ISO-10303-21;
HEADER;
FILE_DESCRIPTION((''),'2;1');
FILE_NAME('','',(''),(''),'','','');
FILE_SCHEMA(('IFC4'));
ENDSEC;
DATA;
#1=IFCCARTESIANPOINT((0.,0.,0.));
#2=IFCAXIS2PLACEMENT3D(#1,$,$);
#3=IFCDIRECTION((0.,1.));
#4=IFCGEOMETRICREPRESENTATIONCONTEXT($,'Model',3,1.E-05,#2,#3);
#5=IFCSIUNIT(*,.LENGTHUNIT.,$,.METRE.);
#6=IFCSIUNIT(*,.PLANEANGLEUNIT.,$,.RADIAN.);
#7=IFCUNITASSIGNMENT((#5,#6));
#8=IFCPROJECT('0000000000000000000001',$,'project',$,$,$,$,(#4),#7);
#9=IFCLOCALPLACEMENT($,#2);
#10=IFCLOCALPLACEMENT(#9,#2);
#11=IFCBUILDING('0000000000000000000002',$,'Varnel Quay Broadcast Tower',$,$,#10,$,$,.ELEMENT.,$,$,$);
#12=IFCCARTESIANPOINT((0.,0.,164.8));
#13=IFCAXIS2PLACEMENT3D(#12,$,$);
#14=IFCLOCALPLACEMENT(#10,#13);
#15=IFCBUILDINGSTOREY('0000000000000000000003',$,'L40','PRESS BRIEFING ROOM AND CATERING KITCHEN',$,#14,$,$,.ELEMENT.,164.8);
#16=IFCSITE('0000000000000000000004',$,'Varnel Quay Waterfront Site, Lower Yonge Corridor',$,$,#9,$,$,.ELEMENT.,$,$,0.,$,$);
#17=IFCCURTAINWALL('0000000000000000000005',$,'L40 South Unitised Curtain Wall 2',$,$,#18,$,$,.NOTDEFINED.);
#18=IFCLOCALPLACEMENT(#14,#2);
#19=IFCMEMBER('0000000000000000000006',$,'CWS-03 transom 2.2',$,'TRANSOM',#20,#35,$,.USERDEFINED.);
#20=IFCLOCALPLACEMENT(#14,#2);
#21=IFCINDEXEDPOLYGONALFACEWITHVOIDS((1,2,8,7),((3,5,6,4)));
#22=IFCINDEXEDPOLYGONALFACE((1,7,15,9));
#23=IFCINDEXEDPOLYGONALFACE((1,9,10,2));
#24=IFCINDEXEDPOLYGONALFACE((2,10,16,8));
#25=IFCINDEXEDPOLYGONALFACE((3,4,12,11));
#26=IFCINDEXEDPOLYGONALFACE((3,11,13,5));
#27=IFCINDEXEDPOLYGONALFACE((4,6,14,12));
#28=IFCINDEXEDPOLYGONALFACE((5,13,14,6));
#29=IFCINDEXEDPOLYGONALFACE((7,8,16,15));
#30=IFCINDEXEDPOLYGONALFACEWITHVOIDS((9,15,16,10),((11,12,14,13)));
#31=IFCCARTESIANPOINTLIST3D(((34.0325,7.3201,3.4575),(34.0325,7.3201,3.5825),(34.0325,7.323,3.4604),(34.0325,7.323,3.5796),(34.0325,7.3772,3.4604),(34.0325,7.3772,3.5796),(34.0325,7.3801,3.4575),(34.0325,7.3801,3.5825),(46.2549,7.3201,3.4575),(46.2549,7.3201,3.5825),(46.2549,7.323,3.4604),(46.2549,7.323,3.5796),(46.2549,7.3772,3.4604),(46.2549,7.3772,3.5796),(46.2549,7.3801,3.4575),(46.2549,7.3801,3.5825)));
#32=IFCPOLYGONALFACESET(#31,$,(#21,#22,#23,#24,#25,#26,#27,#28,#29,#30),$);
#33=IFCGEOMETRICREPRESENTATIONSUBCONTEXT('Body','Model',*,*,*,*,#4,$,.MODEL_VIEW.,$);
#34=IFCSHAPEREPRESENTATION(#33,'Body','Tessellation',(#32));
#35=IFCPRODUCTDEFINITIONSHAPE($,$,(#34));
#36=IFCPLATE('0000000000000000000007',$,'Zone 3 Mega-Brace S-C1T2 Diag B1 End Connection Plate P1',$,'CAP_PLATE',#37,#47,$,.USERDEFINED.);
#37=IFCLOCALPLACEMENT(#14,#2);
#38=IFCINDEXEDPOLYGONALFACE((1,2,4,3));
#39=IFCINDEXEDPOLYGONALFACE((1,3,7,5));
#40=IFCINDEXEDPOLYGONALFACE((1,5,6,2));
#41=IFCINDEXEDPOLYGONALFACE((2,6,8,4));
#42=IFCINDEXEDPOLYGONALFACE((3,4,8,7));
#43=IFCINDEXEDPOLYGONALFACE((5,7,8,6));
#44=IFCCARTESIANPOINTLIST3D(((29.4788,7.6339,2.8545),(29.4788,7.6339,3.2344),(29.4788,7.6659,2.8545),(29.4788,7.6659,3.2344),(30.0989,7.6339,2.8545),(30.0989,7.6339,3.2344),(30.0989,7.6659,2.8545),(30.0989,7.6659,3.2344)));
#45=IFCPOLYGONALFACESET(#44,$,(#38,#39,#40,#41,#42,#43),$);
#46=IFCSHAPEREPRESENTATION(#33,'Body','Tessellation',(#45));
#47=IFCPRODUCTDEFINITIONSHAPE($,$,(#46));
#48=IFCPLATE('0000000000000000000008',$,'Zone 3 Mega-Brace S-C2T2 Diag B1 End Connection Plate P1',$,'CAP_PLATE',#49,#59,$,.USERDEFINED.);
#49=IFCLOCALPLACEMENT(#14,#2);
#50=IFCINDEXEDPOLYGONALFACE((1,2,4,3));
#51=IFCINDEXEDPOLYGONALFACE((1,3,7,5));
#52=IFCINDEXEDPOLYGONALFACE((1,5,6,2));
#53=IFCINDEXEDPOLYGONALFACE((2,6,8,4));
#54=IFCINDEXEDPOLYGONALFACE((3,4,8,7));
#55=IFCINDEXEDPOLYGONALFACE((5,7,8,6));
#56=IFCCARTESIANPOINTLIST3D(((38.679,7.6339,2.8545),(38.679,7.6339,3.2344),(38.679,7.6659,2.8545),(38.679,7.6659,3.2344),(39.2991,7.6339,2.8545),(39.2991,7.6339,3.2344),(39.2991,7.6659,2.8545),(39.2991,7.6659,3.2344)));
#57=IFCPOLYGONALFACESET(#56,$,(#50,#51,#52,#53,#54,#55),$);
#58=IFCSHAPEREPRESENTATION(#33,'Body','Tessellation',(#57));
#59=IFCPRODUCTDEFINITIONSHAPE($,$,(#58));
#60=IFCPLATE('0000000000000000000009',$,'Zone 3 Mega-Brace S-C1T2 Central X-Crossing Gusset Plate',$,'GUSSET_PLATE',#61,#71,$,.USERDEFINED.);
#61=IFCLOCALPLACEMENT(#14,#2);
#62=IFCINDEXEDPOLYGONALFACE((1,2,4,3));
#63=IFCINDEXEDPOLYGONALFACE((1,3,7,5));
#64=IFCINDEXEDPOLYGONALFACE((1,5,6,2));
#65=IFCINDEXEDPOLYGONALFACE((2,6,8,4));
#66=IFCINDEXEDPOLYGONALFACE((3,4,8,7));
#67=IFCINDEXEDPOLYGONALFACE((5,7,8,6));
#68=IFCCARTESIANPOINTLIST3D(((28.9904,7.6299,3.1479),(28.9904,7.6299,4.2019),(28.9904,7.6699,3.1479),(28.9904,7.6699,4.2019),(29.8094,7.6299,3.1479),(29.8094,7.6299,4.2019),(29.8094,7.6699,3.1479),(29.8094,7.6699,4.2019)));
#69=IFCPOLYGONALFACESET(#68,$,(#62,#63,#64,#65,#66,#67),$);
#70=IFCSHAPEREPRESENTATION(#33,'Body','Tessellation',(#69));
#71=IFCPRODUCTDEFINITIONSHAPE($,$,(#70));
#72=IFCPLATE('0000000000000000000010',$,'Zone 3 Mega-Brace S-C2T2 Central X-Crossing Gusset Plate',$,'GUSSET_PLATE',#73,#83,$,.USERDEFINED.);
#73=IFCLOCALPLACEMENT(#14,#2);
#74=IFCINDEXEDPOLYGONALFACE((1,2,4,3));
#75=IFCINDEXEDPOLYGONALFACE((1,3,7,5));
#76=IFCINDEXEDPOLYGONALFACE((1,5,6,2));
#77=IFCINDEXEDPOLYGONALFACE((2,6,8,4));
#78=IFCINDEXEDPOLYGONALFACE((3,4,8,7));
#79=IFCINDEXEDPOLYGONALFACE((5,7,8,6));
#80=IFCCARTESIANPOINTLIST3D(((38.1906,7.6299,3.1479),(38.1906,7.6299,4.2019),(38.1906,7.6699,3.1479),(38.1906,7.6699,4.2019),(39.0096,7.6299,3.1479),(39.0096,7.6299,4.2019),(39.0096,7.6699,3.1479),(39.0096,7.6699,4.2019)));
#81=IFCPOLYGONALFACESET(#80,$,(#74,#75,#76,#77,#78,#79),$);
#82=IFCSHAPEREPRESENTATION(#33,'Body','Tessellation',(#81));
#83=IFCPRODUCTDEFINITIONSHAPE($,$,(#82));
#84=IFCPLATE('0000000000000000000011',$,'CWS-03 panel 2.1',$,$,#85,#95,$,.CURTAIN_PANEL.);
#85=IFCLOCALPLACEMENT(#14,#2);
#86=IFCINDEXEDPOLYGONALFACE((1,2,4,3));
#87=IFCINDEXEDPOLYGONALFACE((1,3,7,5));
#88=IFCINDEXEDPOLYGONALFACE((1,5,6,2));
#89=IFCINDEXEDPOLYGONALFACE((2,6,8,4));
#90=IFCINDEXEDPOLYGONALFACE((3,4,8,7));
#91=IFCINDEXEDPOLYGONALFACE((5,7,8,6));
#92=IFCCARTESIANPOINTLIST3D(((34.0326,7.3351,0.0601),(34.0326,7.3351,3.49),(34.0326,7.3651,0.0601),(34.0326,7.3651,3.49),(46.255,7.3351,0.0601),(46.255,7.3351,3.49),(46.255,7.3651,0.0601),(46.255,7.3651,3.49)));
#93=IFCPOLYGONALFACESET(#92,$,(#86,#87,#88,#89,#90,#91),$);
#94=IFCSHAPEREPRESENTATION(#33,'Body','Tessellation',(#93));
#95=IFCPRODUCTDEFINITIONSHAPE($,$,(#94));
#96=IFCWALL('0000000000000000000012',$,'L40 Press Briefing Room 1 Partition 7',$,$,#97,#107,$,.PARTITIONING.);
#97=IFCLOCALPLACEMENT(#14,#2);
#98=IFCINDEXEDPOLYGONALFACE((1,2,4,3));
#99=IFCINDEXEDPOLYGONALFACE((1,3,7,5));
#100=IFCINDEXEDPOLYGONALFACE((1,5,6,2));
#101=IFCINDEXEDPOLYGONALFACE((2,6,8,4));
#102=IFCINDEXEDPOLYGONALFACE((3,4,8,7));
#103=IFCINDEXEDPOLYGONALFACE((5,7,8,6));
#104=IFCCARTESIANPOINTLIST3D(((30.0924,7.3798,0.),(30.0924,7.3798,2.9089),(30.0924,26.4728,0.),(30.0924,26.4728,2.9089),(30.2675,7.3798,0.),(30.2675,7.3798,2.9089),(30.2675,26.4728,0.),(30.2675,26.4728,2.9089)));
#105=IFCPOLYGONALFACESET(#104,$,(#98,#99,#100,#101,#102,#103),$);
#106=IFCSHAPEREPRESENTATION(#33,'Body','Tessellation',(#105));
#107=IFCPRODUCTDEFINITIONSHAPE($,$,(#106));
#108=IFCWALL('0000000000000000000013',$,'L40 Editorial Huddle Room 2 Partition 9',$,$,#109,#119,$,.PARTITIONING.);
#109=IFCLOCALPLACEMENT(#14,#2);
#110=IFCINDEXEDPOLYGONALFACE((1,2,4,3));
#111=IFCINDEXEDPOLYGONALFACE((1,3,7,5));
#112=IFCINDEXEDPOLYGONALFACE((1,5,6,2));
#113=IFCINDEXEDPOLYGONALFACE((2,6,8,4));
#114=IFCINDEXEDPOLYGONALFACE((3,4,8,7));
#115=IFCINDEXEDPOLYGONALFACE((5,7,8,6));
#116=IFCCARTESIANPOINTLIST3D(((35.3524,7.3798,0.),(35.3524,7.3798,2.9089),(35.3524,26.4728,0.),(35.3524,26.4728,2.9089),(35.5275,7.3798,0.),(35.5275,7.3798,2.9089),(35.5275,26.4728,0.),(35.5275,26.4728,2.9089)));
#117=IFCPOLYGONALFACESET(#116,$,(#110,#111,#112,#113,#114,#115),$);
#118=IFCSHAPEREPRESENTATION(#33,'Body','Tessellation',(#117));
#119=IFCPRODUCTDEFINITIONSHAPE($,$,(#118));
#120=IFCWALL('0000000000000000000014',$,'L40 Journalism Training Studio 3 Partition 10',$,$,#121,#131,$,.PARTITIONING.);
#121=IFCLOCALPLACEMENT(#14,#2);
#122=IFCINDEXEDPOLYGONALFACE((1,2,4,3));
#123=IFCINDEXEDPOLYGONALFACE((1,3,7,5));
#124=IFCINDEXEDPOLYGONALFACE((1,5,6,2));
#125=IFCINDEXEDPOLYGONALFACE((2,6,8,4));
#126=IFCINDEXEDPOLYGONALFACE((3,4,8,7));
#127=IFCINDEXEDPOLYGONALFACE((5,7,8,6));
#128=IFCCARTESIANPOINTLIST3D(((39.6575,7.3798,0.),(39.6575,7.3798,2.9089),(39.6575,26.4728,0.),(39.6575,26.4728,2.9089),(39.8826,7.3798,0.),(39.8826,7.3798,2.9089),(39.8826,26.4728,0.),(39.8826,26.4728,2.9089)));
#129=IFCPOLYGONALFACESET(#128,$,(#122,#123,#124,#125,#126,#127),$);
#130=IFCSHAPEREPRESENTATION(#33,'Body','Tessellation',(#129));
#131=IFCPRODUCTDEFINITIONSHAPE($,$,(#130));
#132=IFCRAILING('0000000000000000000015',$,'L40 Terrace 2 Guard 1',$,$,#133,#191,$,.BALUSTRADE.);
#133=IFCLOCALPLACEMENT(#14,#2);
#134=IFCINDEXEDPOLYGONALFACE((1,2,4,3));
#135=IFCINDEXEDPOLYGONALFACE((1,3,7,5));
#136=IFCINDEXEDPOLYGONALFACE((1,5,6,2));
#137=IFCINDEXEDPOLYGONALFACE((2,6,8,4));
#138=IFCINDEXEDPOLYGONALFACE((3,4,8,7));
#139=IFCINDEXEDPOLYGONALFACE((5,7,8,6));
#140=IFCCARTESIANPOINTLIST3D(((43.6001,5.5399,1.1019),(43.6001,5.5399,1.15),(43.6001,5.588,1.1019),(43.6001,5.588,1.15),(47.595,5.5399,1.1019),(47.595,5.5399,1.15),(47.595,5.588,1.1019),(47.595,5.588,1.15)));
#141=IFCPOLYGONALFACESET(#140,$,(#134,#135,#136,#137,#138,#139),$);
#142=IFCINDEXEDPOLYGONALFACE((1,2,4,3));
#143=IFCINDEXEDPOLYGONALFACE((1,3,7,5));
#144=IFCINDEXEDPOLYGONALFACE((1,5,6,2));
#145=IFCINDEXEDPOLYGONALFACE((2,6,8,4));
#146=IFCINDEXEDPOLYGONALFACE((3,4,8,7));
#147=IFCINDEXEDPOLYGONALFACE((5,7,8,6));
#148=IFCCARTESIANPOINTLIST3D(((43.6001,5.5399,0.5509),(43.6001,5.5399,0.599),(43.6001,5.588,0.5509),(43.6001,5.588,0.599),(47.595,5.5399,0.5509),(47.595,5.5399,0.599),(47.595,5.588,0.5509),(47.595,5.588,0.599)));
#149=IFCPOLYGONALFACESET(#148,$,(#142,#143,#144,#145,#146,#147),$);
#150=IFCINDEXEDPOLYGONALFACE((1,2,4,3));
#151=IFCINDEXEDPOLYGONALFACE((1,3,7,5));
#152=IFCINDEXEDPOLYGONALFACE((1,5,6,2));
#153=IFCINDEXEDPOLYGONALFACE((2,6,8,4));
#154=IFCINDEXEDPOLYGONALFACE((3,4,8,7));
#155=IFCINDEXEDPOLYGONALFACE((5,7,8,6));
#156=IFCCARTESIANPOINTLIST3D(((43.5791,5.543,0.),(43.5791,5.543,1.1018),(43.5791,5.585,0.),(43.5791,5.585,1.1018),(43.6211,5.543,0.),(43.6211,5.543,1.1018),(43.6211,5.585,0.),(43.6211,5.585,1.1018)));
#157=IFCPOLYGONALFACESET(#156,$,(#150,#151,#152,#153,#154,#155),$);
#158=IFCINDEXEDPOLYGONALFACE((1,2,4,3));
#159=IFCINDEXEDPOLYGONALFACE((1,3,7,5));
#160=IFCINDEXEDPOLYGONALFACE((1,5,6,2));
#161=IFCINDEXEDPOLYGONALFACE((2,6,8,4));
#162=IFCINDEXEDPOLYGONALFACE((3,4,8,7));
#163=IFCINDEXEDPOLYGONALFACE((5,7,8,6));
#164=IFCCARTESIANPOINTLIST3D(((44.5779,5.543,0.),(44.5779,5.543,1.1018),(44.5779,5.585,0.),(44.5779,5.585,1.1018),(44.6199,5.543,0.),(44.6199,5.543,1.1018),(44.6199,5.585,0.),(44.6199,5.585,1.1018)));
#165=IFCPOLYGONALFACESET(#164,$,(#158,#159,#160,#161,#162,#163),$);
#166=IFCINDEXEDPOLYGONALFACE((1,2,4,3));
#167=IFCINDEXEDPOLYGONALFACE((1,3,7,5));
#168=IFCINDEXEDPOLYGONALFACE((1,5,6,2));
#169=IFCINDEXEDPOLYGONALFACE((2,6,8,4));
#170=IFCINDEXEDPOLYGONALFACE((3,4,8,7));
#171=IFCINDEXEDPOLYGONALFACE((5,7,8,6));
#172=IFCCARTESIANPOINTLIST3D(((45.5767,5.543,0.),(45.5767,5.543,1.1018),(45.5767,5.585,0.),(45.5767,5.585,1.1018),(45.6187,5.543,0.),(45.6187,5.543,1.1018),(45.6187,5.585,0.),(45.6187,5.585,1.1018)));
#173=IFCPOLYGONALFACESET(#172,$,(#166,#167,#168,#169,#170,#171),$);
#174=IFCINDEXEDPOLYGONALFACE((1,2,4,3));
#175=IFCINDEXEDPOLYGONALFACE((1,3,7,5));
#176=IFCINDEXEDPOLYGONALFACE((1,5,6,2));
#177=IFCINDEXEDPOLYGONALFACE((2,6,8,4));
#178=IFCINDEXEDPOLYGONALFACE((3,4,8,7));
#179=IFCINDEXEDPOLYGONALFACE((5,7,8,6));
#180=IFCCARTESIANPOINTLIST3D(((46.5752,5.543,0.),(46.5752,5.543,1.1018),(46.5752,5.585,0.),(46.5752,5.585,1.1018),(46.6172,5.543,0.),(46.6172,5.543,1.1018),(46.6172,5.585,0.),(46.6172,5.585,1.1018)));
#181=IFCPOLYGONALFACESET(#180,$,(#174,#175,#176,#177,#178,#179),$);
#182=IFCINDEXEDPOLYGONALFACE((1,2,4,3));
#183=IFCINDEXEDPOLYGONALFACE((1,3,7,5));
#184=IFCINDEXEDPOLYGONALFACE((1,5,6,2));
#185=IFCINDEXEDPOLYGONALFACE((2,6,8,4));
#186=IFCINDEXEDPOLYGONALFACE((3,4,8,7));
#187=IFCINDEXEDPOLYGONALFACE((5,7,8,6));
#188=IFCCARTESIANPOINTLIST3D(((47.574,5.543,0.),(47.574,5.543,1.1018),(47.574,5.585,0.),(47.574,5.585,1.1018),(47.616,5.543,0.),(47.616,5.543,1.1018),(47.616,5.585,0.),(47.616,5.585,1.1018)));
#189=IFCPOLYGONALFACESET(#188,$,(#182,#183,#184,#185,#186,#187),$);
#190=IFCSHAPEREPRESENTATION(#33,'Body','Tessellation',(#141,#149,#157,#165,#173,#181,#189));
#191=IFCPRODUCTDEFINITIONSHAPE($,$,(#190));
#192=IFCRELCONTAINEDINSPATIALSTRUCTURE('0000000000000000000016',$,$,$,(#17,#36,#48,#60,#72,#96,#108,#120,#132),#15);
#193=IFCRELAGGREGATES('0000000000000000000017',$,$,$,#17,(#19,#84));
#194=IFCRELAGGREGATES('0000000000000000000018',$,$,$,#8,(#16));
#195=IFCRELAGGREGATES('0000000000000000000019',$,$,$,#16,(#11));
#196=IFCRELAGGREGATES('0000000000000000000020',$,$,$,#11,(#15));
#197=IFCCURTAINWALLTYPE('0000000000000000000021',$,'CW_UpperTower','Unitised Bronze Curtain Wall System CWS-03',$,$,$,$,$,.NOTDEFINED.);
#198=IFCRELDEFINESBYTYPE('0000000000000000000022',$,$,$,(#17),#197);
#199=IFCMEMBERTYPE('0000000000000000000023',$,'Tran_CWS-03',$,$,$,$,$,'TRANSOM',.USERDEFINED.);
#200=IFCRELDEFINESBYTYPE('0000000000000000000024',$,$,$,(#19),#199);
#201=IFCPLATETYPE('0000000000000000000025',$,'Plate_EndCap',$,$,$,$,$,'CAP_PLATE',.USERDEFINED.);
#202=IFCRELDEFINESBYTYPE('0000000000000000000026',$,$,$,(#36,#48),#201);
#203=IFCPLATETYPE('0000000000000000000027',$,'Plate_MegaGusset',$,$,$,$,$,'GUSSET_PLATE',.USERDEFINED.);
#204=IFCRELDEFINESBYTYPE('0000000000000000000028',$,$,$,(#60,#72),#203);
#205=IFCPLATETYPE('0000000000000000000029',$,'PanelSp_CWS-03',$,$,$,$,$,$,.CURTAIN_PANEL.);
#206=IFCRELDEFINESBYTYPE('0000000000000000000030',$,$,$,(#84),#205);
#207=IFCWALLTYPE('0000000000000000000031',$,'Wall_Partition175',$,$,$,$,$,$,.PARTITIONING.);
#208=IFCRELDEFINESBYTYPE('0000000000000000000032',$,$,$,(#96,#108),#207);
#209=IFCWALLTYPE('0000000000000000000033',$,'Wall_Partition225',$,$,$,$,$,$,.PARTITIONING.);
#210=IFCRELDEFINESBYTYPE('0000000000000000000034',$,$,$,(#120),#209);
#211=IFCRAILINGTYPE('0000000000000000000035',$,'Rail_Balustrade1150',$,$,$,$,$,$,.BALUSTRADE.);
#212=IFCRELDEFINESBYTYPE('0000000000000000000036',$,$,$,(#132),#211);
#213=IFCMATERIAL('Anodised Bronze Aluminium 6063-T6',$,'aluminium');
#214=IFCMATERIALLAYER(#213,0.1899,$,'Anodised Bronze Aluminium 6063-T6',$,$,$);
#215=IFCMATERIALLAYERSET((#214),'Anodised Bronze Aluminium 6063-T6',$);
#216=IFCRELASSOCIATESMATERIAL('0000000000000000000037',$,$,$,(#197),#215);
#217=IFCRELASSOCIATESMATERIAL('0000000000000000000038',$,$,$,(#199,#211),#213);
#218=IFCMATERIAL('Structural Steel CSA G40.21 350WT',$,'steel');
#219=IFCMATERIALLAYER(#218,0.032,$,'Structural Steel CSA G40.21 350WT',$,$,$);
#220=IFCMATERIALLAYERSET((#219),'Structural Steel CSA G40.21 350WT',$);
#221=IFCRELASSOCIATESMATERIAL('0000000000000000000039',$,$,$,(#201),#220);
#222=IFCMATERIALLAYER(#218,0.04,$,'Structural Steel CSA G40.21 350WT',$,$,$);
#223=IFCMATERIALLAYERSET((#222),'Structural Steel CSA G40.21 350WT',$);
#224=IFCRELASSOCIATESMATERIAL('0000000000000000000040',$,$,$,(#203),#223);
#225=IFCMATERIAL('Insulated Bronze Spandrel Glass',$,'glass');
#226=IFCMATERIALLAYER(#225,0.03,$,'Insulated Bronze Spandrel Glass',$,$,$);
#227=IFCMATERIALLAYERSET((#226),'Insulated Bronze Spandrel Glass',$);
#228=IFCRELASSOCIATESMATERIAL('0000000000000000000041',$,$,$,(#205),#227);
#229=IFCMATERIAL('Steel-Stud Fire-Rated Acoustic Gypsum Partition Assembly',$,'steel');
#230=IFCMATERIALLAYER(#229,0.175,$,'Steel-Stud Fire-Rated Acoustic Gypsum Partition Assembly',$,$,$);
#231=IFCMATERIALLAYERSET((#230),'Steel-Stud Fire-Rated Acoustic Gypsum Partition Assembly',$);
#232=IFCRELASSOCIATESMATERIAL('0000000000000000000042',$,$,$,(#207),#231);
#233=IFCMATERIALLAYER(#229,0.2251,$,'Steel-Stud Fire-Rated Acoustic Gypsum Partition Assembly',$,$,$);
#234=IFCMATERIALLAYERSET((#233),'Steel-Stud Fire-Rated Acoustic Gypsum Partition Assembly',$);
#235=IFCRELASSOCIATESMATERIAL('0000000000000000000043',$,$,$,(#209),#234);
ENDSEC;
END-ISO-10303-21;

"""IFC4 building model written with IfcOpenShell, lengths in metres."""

from ifc_helpers import new_model, si_unit, direction, frame, frame_2d, origin, origin_2d, place, context, subcontext, project, spatial, rectangle, hollow_rectangle, extrude, source, transform, mapped, material, layer, layer_set, material_profile, profile_set, type_object, type_shapes, element, aggregate, save


model = new_model("IFC4")

# Units and contexts
model_context = context("Model", 3, precision=1e-05, world=origin(), true_north=direction((0.0, 1.0)))
body_context = subcontext(model_context, "Body", "Model", "MODEL_VIEW")
ifc_project = project(units=[si_unit("LENGTHUNIT", "METRE"), si_unit("PLANEANGLEUNIT", "RADIAN")], contexts=[model_context])

# Site, building, storey
site_placement = place(None, origin())
site = spatial("IfcSite", under=ifc_project, at=site_placement, Name="Varnel Quay Waterfront Site, Lower Yonge Corridor", CompositionType="ELEMENT", RefElevation=0.0)
building_placement = place(site_placement, origin())
building = spatial("IfcBuilding", under=site, at=building_placement, Name="Varnel Quay Broadcast Tower", CompositionType="ELEMENT")
storey_placement = place(building_placement, frame((0.0, 0.0, 164.8)))
storey = spatial("IfcBuildingStorey", under=building, at=storey_placement, Name="L40", Description="PRESS BRIEFING ROOM AND CATERING KITCHEN", CompositionType="ELEMENT", Elevation=164.8)

# Shared definitions
ifc_material_1 = material(Name="Structural Steel CSA G40.21 350WT", Category="steel")

# Curtain wall, member
ifc_material_2 = material(Name="Anodised Bronze Aluminium 6063-T6", Category="aluminium")
ifc_layer_1 = layer(ifc_material_2, 0.1899, Name="Anodised Bronze Aluminium 6063-T6")
ifc_layer_set_1 = layer_set([ifc_layer_1], Name="Anodised Bronze Aluminium 6063-T6")
curtain_wall_type = type_object("IfcCurtainWallType", Name="CW_UpperTower", Description="Unitised Bronze Curtain Wall System CWS-03", PredefinedType="NOTDEFINED", material=ifc_layer_set_1)
curtain_wall_placement = place(storey_placement, origin())
curtain_wall = element("IfcCurtainWall", 1, at=curtain_wall_placement, inside=storey, type_object=curtain_wall_type, Name="L40 South Unitised Curtain Wall 2", PredefinedType="NOTDEFINED")
ifc_material_profile_1 = material_profile(ifc_material_2, hollow_rectangle(XDim=0.0601, YDim=0.125, WallThickness=0.0029, at=origin_2d()), Name="ALU60X125X3")
ifc_profile_set_1 = profile_set([ifc_material_profile_1], Name="Anodised Bronze Aluminium 6063-T6")
member_type_1 = type_object("IfcMemberType", Name="Tran_CWS-03", ElementType="TRANSOM", PredefinedType="USERDEFINED", material=ifc_profile_set_1)
shared_shape_1 = source(origin(), body_context, "Body", "SweptSolid", [
    extrude(hollow_rectangle(XDim=0.0601, YDim=0.125, WallThickness=0.0029, at=origin_2d()), origin(), (0.0, 0.0, 1.0), 12.2224),
])
type_shapes(member_type_1, [shared_shape_1])
member_1_placement = place(storey_placement, frame((34.0325, 7.3501, 3.52), z_axis=(1.0, 0.0, 0.0), x_axis=(0.0, 1.0, 0.0)))
member_1 = element("IfcMember", 2, at=member_1_placement, type_object=member_type_1, Name="CWS-03 transom 2.2", ObjectType="TRANSOM", PredefinedType="USERDEFINED", context=body_context, shape_type="MappedRepresentation", body=[
    mapped(shared_shape_1, transform((0.0, 0.0, 0.0), x_axis=(1.0, 0.0, 0.0), y_axis=(0.0, 1.0, 0.0), z_axis=(0.0, 0.0, 1.0), scale=1.0)),
])

# Plates
ifc_layer_2 = layer(ifc_material_1, 0.032, Name="Structural Steel CSA G40.21 350WT")
ifc_layer_set_2 = layer_set([ifc_layer_2], Name="Structural Steel CSA G40.21 350WT")
plate_type_1 = type_object("IfcPlateType", Name="Plate_EndCap", ElementType="CAP_PLATE", PredefinedType="USERDEFINED", material=ifc_layer_set_2)
shared_shape_2 = source(origin(), body_context, "Body", "SweptSolid", [
    extrude(rectangle(XDim=0.6201, YDim=0.032, at=origin_2d()), origin(), (0.0, 0.0, 1.0), 0.3799),
])
type_shapes(plate_type_1, [shared_shape_2])
for number, where, z_axis, x_axis, name in (
    (3, (29.7888, 7.6499, 2.8545), (0.0, 0.0, 1.0), (1.0, 0.0, 0.0), "Zone 3 Mega-Brace S-C1T2 Diag B1 End Connection Plate P1"),
    (4, (38.989, 7.6499, 2.8545), (0.0, 0.0, 1.0), (1.0, 0.0, 0.0), "Zone 3 Mega-Brace S-C2T2 Diag B1 End Connection Plate P1"),
):
    element("IfcPlate", number, at=place(storey_placement, frame(where, z_axis=z_axis, x_axis=x_axis)), inside=storey, type_object=plate_type_1, Name=name, ObjectType="CAP_PLATE", PredefinedType="USERDEFINED", context=body_context, shape_type="MappedRepresentation", body=[
        mapped(shared_shape_2, transform((0.0, 0.0, 0.0), x_axis=(1.0, 0.0, 0.0), y_axis=(0.0, 1.0, 0.0), z_axis=(0.0, 0.0, 1.0), scale=1.0)),
    ])
ifc_layer_3 = layer(ifc_material_1, 0.04, Name="Structural Steel CSA G40.21 350WT")
ifc_layer_set_3 = layer_set([ifc_layer_3], Name="Structural Steel CSA G40.21 350WT")
plate_type_2 = type_object("IfcPlateType", Name="Plate_MegaGusset", ElementType="GUSSET_PLATE", PredefinedType="USERDEFINED", material=ifc_layer_set_3)
shared_shape_3 = source(origin(), body_context, "Body", "SweptSolid", [
    extrude(rectangle(XDim=0.8191, YDim=0.04, at=origin_2d()), origin(), (0.0, 0.0, 1.0), 1.054),
])
type_shapes(plate_type_2, [shared_shape_3])
for number, where, z_axis, x_axis, name in (
    (5, (29.3999, 7.6499, 3.1479), (0.0, 0.0, 1.0), (1.0, 0.0, 0.0), "Zone 3 Mega-Brace S-C1T2 Central X-Crossing Gusset Plate"),
    (6, (38.6001, 7.6499, 3.1479), (0.0, 0.0, 1.0), (1.0, 0.0, 0.0), "Zone 3 Mega-Brace S-C2T2 Central X-Crossing Gusset Plate"),
):
    element("IfcPlate", number, at=place(storey_placement, frame(where, z_axis=z_axis, x_axis=x_axis)), inside=storey, type_object=plate_type_2, Name=name, ObjectType="GUSSET_PLATE", PredefinedType="USERDEFINED", context=body_context, shape_type="MappedRepresentation", body=[
        mapped(shared_shape_3, transform((0.0, 0.0, 0.0), x_axis=(1.0, 0.0, 0.0), y_axis=(0.0, 1.0, 0.0), z_axis=(0.0, 0.0, 1.0), scale=1.0)),
    ])

# Plate
ifc_material_3 = material(Name="Insulated Bronze Spandrel Glass", Category="glass")
ifc_layer_4 = layer(ifc_material_3, 0.03, Name="Insulated Bronze Spandrel Glass")
ifc_layer_set_4 = layer_set([ifc_layer_4], Name="Insulated Bronze Spandrel Glass")
plate_type_3 = type_object("IfcPlateType", Name="PanelSp_CWS-03", PredefinedType="CURTAIN_PANEL", material=ifc_layer_set_4)
shared_shape_4 = source(origin(), body_context, "Body", "SweptSolid", [
    extrude(rectangle(XDim=12.2224, YDim=0.03, at=origin_2d()), origin(), (0.0, 0.0, 1.0), 3.4299),
])
type_shapes(plate_type_3, [shared_shape_4])
plate_placement = place(storey_placement, frame((40.1438, 7.3501, 0.0601), z_axis=(0.0, 0.0, 1.0), x_axis=(1.0, 0.0, 0.0)))
plate = element("IfcPlate", 7, at=plate_placement, type_object=plate_type_3, Name="CWS-03 panel 2.1", PredefinedType="CURTAIN_PANEL", context=body_context, shape_type="MappedRepresentation", body=[
    mapped(shared_shape_4, transform((0.0, 0.0, 0.0), x_axis=(1.0, 0.0, 0.0), y_axis=(0.0, 1.0, 0.0), z_axis=(0.0, 0.0, 1.0), scale=1.0)),
])
aggregate(curtain_wall, [member_1, plate])

# Walls
ifc_material_4 = material(Name="Steel-Stud Fire-Rated Acoustic Gypsum Partition Assembly", Category="steel")
ifc_layer_5 = layer(ifc_material_4, 0.175, Name="Steel-Stud Fire-Rated Acoustic Gypsum Partition Assembly")
ifc_layer_set_5 = layer_set([ifc_layer_5], Name="Steel-Stud Fire-Rated Acoustic Gypsum Partition Assembly")
wall_type_1 = type_object("IfcWallType", Name="Wall_Partition175", PredefinedType="PARTITIONING", material=ifc_layer_set_5)
for number, where, z_axis, x_axis, name in (
    (8, (30.1799, 7.3799, 0.0), (0.0, 0.0, 1.0), (0.0, 1.0, 0.0), "L40 Press Briefing Room 1 Partition 7"),
    (9, (35.4399, 7.3799, 0.0), (0.0, 0.0, 1.0), (0.0, 1.0, 0.0), "L40 Editorial Huddle Room 2 Partition 9"),
):
    element("IfcWall", number, at=place(storey_placement, frame(where, z_axis=z_axis, x_axis=x_axis)), inside=storey, type_object=wall_type_1, Name=name, PredefinedType="PARTITIONING", context=body_context, shape_type="SweptSolid", body=[
        extrude(rectangle(XDim=19.093, YDim=0.175, at=frame_2d((9.5464, 0.0))), origin(), (0.0, 0.0, 1.0), 2.9089),
    ])
ifc_layer_6 = layer(ifc_material_4, 0.2251, Name="Steel-Stud Fire-Rated Acoustic Gypsum Partition Assembly")
ifc_layer_set_6 = layer_set([ifc_layer_6], Name="Steel-Stud Fire-Rated Acoustic Gypsum Partition Assembly")
wall_type_2 = type_object("IfcWallType", Name="Wall_Partition225", PredefinedType="PARTITIONING", material=ifc_layer_set_6)
wall_1_placement = place(storey_placement, frame((39.77, 7.3799, 0.0), z_axis=(0.0, 0.0, 1.0), x_axis=(0.0, 1.0, 0.0)))
element("IfcWall", 10, at=wall_1_placement, inside=storey, type_object=wall_type_2, Name="L40 Journalism Training Studio 3 Partition 10", PredefinedType="PARTITIONING", context=body_context, shape_type="SweptSolid", body=[
    extrude(rectangle(XDim=19.093, YDim=0.2251, at=frame_2d((9.5464, 0.0))), origin(), (0.0, 0.0, 1.0), 2.9089),
])

# Railing
railing_type = type_object("IfcRailingType", Name="Rail_Balustrade1150", PredefinedType="BALUSTRADE", material=ifc_material_2)
railing_1_placement = place(storey_placement, frame((43.6001, 5.564, 0.0)))
element("IfcRailing", 11, at=railing_1_placement, inside=storey, type_object=railing_type, Name="L40 Terrace 2 Guard 1", PredefinedType="BALUSTRADE", context=body_context, shape_type="SweptSolid", body=[
    extrude(rectangle(XDim=0.0481, YDim=0.0481, at=origin_2d()), frame((0.0, 0.0, 1.126), z_axis=(1.0, 0.0, 0.0), x_axis=(0.0, 1.0, 0.0)), (0.0, 0.0, 1.0), 3.9949),
    extrude(rectangle(XDim=0.0481, YDim=0.0481, at=origin_2d()), frame((0.0, 0.0, 0.575), z_axis=(1.0, 0.0, 0.0), x_axis=(0.0, 1.0, 0.0)), (0.0, 0.0, 1.0), 3.9949),
    extrude(rectangle(XDim=0.042, YDim=0.042, at=origin_2d()), origin(), (0.0, 0.0, 1.0), 1.1018),
    extrude(rectangle(XDim=0.042, YDim=0.042, at=origin_2d()), frame((0.9988, 0.0, 0.0)), (0.0, 0.0, 1.0), 1.1018),
    extrude(rectangle(XDim=0.042, YDim=0.042, at=origin_2d()), frame((1.9976, 0.0, 0.0)), (0.0, 0.0, 1.0), 1.1018),
    extrude(rectangle(XDim=0.042, YDim=0.042, at=origin_2d()), frame((2.9961, 0.0, 0.0)), (0.0, 0.0, 1.0), 1.1018),
    extrude(rectangle(XDim=0.042, YDim=0.042, at=origin_2d()), frame((3.9949, 0.0, 0.0)), (0.0, 0.0, 1.0), 1.1018),
])

save(model, "model.ifc")
